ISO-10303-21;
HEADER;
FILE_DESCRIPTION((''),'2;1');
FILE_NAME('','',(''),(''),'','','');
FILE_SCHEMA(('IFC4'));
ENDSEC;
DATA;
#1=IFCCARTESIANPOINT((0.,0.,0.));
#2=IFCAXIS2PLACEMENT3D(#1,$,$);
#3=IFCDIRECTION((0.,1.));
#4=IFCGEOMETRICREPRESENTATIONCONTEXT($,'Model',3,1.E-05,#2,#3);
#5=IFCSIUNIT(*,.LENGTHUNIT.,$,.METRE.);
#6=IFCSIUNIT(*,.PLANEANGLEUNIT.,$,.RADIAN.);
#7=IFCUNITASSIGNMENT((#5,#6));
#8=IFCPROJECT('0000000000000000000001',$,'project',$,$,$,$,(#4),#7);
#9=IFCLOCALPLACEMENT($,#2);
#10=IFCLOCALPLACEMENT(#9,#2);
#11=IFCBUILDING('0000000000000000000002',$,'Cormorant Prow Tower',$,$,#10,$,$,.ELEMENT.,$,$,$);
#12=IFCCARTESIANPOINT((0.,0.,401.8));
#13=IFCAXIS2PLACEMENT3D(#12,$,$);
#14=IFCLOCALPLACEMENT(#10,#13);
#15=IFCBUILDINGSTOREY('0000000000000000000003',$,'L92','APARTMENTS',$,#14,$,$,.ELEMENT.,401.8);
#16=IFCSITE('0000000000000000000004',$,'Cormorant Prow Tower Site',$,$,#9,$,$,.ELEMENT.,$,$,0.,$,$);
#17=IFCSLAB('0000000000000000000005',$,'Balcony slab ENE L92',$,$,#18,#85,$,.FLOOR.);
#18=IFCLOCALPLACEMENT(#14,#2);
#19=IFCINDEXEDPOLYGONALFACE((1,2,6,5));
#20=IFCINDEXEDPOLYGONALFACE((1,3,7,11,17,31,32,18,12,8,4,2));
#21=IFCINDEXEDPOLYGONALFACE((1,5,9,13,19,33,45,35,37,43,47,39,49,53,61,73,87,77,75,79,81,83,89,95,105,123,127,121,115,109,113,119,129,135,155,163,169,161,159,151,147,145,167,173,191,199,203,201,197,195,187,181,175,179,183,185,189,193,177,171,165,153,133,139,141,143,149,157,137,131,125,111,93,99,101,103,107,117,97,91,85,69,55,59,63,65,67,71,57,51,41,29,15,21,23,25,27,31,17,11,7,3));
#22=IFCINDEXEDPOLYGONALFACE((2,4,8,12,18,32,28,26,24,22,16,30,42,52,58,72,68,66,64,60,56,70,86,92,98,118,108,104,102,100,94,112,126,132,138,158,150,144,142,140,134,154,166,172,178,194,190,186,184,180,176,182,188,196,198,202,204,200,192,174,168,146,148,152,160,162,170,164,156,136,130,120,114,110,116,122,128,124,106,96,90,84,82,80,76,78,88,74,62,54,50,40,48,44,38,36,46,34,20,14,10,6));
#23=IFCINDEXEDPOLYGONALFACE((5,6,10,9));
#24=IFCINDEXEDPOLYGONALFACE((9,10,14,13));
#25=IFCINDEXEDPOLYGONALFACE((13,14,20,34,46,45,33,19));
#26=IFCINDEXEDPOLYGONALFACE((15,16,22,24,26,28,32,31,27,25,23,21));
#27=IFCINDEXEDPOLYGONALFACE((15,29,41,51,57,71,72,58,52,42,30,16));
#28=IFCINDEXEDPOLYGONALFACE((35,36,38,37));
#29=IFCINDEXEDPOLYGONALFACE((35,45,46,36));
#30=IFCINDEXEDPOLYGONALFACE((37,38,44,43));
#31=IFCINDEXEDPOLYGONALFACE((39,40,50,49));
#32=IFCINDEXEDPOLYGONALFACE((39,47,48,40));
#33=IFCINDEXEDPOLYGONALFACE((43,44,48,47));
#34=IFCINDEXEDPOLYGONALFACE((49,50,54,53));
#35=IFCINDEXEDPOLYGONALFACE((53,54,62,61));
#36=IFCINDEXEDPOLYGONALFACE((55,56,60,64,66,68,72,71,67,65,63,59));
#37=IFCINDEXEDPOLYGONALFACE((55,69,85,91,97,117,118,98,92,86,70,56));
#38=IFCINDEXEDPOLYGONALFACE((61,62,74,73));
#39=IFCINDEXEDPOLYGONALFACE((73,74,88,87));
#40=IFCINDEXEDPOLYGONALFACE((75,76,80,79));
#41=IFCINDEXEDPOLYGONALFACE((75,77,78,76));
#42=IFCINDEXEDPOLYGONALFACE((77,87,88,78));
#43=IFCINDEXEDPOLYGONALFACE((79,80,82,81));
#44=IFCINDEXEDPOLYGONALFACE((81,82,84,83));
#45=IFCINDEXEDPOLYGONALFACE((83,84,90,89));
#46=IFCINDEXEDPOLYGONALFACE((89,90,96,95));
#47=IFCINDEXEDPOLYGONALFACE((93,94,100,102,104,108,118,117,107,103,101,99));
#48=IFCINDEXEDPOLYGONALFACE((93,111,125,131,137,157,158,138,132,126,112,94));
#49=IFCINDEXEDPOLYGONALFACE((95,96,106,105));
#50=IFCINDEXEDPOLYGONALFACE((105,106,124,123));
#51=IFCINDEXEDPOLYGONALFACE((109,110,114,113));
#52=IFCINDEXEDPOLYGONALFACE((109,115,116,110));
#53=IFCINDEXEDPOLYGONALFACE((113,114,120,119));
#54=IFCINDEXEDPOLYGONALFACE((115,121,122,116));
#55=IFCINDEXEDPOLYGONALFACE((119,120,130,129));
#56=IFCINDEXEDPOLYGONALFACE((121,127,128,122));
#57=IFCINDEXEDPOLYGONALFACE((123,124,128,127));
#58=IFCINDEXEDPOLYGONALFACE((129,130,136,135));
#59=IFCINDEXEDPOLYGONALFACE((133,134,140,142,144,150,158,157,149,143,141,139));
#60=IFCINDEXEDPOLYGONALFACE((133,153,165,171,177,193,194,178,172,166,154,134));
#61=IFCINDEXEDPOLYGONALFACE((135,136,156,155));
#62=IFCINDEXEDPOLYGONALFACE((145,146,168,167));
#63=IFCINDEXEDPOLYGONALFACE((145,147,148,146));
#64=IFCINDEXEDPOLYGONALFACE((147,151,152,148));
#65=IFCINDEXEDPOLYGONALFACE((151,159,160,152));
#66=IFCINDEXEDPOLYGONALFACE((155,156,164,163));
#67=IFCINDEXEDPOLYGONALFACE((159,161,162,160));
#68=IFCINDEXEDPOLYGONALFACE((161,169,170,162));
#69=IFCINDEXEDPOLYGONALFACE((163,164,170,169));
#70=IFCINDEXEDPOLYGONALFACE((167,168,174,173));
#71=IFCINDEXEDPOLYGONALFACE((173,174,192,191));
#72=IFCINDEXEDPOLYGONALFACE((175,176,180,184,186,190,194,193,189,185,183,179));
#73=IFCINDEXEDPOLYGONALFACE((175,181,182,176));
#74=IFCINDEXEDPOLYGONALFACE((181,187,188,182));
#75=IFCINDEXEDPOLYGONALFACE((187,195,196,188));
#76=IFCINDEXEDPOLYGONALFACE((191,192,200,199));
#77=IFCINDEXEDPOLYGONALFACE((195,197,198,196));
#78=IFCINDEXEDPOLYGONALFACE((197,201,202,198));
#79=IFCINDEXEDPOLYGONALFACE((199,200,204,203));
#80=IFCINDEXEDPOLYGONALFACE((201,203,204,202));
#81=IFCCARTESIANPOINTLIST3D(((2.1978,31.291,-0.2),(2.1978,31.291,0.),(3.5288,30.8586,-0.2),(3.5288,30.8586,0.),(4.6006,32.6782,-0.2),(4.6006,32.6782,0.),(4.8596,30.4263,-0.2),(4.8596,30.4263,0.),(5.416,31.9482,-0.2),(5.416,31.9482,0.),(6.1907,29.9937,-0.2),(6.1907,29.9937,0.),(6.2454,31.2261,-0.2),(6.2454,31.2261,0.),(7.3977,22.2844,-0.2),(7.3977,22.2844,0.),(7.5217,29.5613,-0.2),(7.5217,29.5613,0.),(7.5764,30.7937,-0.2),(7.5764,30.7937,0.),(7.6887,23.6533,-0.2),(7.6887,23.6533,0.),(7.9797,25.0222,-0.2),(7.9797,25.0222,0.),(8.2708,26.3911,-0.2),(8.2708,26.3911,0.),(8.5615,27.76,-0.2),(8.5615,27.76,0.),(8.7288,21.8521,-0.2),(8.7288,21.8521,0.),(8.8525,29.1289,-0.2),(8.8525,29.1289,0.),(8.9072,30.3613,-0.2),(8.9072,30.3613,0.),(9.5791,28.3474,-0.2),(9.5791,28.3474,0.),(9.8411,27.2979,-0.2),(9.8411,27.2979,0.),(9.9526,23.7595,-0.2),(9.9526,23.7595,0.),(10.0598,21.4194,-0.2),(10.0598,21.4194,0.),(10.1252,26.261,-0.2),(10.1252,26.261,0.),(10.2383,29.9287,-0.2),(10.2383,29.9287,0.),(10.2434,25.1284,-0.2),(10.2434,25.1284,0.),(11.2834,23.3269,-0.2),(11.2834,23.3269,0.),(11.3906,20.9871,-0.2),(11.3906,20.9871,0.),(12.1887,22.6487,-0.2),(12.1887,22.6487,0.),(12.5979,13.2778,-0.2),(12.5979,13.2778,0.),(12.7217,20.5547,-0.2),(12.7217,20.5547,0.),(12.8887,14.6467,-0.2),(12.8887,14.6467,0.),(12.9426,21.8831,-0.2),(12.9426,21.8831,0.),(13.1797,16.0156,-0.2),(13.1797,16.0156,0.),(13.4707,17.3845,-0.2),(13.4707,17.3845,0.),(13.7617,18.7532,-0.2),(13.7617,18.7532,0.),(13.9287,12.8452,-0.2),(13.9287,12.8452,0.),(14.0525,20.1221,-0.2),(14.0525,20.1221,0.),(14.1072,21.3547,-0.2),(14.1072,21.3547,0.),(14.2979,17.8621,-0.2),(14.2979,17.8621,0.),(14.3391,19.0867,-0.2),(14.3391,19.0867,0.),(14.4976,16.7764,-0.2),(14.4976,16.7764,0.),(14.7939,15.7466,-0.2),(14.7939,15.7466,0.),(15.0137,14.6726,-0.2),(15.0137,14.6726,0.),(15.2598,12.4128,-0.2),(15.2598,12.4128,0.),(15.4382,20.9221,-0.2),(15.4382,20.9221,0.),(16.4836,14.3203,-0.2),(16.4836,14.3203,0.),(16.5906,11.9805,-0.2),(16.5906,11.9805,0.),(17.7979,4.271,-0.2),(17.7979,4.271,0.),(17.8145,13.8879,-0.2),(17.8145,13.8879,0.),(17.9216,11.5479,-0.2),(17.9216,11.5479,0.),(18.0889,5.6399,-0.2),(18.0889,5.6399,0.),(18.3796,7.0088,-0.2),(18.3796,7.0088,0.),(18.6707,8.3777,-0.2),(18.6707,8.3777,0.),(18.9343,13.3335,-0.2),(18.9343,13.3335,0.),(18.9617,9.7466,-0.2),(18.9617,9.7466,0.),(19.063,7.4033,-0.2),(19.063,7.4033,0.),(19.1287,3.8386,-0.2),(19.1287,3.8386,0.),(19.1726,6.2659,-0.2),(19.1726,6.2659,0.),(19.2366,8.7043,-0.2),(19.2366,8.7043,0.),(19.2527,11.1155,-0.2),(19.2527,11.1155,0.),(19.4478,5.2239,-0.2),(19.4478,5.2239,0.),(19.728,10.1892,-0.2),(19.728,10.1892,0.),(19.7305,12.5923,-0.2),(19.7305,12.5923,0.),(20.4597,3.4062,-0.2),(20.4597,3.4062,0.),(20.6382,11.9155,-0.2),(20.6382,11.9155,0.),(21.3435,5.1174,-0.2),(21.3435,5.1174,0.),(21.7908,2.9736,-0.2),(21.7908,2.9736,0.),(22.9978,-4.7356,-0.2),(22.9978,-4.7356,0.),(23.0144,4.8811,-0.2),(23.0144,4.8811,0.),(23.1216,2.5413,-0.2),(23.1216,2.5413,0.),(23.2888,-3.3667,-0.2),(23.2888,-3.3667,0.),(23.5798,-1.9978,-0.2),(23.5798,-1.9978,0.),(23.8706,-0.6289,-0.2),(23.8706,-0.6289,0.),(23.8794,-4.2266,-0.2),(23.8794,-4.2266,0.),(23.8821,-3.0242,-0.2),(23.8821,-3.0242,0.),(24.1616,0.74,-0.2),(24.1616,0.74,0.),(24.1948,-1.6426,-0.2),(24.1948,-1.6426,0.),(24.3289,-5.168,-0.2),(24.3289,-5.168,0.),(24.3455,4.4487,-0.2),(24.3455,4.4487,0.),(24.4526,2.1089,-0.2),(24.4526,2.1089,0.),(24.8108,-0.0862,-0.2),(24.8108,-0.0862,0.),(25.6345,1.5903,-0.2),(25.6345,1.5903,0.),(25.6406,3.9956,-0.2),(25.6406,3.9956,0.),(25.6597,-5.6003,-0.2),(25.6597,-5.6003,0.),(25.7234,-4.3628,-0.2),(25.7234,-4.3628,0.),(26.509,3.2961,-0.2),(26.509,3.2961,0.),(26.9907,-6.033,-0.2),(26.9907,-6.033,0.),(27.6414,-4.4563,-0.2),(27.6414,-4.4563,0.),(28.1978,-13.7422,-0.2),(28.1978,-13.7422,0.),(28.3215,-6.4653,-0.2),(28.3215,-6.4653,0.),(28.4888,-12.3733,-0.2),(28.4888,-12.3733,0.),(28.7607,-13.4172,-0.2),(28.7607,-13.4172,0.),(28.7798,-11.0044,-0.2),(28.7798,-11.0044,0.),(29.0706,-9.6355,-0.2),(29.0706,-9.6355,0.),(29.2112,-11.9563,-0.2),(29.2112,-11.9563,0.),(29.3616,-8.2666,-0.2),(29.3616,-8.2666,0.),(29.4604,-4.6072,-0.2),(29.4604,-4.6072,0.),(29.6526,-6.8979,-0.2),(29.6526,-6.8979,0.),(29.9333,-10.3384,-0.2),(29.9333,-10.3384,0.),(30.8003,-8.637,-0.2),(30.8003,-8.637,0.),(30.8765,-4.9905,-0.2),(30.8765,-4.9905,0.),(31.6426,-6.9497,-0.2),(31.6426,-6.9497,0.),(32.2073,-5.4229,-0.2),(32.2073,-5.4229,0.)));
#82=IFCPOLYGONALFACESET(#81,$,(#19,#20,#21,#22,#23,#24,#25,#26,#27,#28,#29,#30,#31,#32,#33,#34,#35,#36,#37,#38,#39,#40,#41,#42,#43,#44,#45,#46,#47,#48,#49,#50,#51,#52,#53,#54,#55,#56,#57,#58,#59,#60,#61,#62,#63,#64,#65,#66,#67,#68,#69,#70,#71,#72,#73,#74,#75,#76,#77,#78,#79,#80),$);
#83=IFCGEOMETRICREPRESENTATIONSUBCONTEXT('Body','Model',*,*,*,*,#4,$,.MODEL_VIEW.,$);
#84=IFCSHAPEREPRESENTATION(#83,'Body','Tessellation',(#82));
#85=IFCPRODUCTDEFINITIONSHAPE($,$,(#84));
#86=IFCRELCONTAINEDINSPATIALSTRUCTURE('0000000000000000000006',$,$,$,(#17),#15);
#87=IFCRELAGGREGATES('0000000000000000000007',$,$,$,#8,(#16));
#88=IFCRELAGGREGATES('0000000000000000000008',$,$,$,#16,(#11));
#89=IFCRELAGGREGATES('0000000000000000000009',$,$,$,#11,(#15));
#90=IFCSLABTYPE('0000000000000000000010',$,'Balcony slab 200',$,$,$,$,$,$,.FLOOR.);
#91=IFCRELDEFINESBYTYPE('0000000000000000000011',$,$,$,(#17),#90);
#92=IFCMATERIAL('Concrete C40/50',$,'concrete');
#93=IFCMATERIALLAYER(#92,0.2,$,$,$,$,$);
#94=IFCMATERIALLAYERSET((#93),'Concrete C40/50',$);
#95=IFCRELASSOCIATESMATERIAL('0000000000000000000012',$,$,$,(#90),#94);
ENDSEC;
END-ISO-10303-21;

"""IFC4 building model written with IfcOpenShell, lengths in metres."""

from ifc_helpers import new_model, si_unit, direction, frame, origin, place, context, subcontext, project, spatial, polyline, outline, extrude, material, layer, layer_set, type_object, element, save


model = new_model("IFC4")

# Units and contexts
model_context = context("Model", 3, precision=1e-05, world=origin(), true_north=direction((0.0, 1.0)))
body_context = subcontext(model_context, "Body", "Model", "MODEL_VIEW")
ifc_project = project(units=[si_unit("LENGTHUNIT", "METRE"), si_unit("PLANEANGLEUNIT", "RADIAN")], contexts=[model_context])

# Site, building, storey
site_placement = place(None, origin())
site = spatial("IfcSite", under=ifc_project, at=site_placement, Name="Cormorant Prow Tower Site", CompositionType="ELEMENT", RefElevation=0.0)
building_placement = place(site_placement, origin())
building = spatial("IfcBuilding", under=site, at=building_placement, Name="Cormorant Prow Tower", CompositionType="ELEMENT")
storey_placement = place(building_placement, frame((0.0, 0.0, 401.8)))
storey = spatial("IfcBuildingStorey", under=building, at=storey_placement, Name="L92", Description="APARTMENTS", CompositionType="ELEMENT", Elevation=401.8)

# Slab
ifc_material_1 = material(Name="Concrete C40/50", Category="concrete")
ifc_layer_1 = layer(ifc_material_1, 0.2)
ifc_layer_set_1 = layer_set([ifc_layer_1], Name="Concrete C40/50")
slab_type_1 = type_object("IfcSlabType", Name="Balcony slab 200", PredefinedType="FLOOR", material=ifc_layer_set_1)
slab_1_placement = place(storey_placement, frame((0.0, 0.0, -0.2)))
element("IfcSlab", 1, at=slab_1_placement, inside=storey, type_object=slab_type_1, Name="Balcony slab ENE L92", PredefinedType="FLOOR", context=body_context, shape_type="SweptSolid", body=[
    extrude(outline(polyline([(28.1978, -13.7422), (28.7607, -13.4172), (29.2112, -11.9563), (29.9333, -10.3384), (30.8003, -8.637), (31.6426, -6.9497), (32.2073, -5.4229), (30.8765, -4.9905), (29.4604, -4.6072), (27.6414, -4.4563), (25.7234, -4.3628), (23.8794, -4.2266), (23.8821, -3.0242), (24.1948, -1.6426), (24.8108, -0.0862), (25.6345, 1.5903), (26.509, 3.2961), (25.6406, 3.9956), (24.3455, 4.4487), (23.0144, 4.8811), (21.3435, 5.1174), (19.4478, 5.2239), (19.1726, 6.2659), (19.063, 7.4033), (19.2366, 8.7043), (19.728, 10.1892), (20.6382, 11.9155), (19.7305, 12.5923), (18.9343, 13.3335), (17.8145, 13.8879), (16.4836, 14.3203), (15.0137, 14.6726), (14.7939, 15.7466), (14.4976, 16.7764), (14.2979, 17.8621), (14.3391, 19.0867), (15.4382, 20.9221), (14.1072, 21.3547), (12.9426, 21.8831), (12.1887, 22.6487), (11.2834, 23.3269), (9.9526, 23.7595), (10.2434, 25.1284), (10.1252, 26.261), (9.8411, 27.2979), (9.5791, 28.3474), (10.2383, 29.9287), (8.9072, 30.3613), (7.5764, 30.7937), (6.2454, 31.2261), (5.416, 31.9482), (4.6006, 32.6782), (2.1978, 31.291), (3.5288, 30.8586), (4.8596, 30.4263), (6.1907, 29.9937), (7.5217, 29.5613), (8.8525, 29.1289), (8.5615, 27.76), (8.2708, 26.3911), (7.9797, 25.0222), (7.6887, 23.6533), (7.3977, 22.2844), (8.7288, 21.8521), (10.0598, 21.4194), (11.3906, 20.9871), (12.7217, 20.5547), (14.0525, 20.1221), (13.7617, 18.7532), (13.4707, 17.3845), (13.1797, 16.0156), (12.8887, 14.6467), (12.5979, 13.2778), (13.9287, 12.8452), (15.2598, 12.4128), (16.5906, 11.9805), (17.9216, 11.5479), (19.2527, 11.1155), (18.9617, 9.7466), (18.6707, 8.3777), (18.3796, 7.0088), (18.0889, 5.6399), (17.7979, 4.271), (19.1287, 3.8386), (20.4597, 3.4062), (21.7908, 2.9736), (23.1216, 2.5413), (24.4526, 2.1089), (24.1616, 0.74), (23.8706, -0.6289), (23.5798, -1.9978), (23.2888, -3.3667), (22.9978, -4.7356), (24.3289, -5.168), (25.6597, -5.6003), (26.9907, -6.033), (28.3215, -6.4653), (29.6526, -6.8979), (29.3616, -8.2666), (29.0706, -9.6355), (28.7798, -11.0044), (28.4888, -12.3733), (28.1978, -13.7422)])), origin(), (0.0, 0.0, 1.0), 0.2),
])

save(model, "model.ifc")
